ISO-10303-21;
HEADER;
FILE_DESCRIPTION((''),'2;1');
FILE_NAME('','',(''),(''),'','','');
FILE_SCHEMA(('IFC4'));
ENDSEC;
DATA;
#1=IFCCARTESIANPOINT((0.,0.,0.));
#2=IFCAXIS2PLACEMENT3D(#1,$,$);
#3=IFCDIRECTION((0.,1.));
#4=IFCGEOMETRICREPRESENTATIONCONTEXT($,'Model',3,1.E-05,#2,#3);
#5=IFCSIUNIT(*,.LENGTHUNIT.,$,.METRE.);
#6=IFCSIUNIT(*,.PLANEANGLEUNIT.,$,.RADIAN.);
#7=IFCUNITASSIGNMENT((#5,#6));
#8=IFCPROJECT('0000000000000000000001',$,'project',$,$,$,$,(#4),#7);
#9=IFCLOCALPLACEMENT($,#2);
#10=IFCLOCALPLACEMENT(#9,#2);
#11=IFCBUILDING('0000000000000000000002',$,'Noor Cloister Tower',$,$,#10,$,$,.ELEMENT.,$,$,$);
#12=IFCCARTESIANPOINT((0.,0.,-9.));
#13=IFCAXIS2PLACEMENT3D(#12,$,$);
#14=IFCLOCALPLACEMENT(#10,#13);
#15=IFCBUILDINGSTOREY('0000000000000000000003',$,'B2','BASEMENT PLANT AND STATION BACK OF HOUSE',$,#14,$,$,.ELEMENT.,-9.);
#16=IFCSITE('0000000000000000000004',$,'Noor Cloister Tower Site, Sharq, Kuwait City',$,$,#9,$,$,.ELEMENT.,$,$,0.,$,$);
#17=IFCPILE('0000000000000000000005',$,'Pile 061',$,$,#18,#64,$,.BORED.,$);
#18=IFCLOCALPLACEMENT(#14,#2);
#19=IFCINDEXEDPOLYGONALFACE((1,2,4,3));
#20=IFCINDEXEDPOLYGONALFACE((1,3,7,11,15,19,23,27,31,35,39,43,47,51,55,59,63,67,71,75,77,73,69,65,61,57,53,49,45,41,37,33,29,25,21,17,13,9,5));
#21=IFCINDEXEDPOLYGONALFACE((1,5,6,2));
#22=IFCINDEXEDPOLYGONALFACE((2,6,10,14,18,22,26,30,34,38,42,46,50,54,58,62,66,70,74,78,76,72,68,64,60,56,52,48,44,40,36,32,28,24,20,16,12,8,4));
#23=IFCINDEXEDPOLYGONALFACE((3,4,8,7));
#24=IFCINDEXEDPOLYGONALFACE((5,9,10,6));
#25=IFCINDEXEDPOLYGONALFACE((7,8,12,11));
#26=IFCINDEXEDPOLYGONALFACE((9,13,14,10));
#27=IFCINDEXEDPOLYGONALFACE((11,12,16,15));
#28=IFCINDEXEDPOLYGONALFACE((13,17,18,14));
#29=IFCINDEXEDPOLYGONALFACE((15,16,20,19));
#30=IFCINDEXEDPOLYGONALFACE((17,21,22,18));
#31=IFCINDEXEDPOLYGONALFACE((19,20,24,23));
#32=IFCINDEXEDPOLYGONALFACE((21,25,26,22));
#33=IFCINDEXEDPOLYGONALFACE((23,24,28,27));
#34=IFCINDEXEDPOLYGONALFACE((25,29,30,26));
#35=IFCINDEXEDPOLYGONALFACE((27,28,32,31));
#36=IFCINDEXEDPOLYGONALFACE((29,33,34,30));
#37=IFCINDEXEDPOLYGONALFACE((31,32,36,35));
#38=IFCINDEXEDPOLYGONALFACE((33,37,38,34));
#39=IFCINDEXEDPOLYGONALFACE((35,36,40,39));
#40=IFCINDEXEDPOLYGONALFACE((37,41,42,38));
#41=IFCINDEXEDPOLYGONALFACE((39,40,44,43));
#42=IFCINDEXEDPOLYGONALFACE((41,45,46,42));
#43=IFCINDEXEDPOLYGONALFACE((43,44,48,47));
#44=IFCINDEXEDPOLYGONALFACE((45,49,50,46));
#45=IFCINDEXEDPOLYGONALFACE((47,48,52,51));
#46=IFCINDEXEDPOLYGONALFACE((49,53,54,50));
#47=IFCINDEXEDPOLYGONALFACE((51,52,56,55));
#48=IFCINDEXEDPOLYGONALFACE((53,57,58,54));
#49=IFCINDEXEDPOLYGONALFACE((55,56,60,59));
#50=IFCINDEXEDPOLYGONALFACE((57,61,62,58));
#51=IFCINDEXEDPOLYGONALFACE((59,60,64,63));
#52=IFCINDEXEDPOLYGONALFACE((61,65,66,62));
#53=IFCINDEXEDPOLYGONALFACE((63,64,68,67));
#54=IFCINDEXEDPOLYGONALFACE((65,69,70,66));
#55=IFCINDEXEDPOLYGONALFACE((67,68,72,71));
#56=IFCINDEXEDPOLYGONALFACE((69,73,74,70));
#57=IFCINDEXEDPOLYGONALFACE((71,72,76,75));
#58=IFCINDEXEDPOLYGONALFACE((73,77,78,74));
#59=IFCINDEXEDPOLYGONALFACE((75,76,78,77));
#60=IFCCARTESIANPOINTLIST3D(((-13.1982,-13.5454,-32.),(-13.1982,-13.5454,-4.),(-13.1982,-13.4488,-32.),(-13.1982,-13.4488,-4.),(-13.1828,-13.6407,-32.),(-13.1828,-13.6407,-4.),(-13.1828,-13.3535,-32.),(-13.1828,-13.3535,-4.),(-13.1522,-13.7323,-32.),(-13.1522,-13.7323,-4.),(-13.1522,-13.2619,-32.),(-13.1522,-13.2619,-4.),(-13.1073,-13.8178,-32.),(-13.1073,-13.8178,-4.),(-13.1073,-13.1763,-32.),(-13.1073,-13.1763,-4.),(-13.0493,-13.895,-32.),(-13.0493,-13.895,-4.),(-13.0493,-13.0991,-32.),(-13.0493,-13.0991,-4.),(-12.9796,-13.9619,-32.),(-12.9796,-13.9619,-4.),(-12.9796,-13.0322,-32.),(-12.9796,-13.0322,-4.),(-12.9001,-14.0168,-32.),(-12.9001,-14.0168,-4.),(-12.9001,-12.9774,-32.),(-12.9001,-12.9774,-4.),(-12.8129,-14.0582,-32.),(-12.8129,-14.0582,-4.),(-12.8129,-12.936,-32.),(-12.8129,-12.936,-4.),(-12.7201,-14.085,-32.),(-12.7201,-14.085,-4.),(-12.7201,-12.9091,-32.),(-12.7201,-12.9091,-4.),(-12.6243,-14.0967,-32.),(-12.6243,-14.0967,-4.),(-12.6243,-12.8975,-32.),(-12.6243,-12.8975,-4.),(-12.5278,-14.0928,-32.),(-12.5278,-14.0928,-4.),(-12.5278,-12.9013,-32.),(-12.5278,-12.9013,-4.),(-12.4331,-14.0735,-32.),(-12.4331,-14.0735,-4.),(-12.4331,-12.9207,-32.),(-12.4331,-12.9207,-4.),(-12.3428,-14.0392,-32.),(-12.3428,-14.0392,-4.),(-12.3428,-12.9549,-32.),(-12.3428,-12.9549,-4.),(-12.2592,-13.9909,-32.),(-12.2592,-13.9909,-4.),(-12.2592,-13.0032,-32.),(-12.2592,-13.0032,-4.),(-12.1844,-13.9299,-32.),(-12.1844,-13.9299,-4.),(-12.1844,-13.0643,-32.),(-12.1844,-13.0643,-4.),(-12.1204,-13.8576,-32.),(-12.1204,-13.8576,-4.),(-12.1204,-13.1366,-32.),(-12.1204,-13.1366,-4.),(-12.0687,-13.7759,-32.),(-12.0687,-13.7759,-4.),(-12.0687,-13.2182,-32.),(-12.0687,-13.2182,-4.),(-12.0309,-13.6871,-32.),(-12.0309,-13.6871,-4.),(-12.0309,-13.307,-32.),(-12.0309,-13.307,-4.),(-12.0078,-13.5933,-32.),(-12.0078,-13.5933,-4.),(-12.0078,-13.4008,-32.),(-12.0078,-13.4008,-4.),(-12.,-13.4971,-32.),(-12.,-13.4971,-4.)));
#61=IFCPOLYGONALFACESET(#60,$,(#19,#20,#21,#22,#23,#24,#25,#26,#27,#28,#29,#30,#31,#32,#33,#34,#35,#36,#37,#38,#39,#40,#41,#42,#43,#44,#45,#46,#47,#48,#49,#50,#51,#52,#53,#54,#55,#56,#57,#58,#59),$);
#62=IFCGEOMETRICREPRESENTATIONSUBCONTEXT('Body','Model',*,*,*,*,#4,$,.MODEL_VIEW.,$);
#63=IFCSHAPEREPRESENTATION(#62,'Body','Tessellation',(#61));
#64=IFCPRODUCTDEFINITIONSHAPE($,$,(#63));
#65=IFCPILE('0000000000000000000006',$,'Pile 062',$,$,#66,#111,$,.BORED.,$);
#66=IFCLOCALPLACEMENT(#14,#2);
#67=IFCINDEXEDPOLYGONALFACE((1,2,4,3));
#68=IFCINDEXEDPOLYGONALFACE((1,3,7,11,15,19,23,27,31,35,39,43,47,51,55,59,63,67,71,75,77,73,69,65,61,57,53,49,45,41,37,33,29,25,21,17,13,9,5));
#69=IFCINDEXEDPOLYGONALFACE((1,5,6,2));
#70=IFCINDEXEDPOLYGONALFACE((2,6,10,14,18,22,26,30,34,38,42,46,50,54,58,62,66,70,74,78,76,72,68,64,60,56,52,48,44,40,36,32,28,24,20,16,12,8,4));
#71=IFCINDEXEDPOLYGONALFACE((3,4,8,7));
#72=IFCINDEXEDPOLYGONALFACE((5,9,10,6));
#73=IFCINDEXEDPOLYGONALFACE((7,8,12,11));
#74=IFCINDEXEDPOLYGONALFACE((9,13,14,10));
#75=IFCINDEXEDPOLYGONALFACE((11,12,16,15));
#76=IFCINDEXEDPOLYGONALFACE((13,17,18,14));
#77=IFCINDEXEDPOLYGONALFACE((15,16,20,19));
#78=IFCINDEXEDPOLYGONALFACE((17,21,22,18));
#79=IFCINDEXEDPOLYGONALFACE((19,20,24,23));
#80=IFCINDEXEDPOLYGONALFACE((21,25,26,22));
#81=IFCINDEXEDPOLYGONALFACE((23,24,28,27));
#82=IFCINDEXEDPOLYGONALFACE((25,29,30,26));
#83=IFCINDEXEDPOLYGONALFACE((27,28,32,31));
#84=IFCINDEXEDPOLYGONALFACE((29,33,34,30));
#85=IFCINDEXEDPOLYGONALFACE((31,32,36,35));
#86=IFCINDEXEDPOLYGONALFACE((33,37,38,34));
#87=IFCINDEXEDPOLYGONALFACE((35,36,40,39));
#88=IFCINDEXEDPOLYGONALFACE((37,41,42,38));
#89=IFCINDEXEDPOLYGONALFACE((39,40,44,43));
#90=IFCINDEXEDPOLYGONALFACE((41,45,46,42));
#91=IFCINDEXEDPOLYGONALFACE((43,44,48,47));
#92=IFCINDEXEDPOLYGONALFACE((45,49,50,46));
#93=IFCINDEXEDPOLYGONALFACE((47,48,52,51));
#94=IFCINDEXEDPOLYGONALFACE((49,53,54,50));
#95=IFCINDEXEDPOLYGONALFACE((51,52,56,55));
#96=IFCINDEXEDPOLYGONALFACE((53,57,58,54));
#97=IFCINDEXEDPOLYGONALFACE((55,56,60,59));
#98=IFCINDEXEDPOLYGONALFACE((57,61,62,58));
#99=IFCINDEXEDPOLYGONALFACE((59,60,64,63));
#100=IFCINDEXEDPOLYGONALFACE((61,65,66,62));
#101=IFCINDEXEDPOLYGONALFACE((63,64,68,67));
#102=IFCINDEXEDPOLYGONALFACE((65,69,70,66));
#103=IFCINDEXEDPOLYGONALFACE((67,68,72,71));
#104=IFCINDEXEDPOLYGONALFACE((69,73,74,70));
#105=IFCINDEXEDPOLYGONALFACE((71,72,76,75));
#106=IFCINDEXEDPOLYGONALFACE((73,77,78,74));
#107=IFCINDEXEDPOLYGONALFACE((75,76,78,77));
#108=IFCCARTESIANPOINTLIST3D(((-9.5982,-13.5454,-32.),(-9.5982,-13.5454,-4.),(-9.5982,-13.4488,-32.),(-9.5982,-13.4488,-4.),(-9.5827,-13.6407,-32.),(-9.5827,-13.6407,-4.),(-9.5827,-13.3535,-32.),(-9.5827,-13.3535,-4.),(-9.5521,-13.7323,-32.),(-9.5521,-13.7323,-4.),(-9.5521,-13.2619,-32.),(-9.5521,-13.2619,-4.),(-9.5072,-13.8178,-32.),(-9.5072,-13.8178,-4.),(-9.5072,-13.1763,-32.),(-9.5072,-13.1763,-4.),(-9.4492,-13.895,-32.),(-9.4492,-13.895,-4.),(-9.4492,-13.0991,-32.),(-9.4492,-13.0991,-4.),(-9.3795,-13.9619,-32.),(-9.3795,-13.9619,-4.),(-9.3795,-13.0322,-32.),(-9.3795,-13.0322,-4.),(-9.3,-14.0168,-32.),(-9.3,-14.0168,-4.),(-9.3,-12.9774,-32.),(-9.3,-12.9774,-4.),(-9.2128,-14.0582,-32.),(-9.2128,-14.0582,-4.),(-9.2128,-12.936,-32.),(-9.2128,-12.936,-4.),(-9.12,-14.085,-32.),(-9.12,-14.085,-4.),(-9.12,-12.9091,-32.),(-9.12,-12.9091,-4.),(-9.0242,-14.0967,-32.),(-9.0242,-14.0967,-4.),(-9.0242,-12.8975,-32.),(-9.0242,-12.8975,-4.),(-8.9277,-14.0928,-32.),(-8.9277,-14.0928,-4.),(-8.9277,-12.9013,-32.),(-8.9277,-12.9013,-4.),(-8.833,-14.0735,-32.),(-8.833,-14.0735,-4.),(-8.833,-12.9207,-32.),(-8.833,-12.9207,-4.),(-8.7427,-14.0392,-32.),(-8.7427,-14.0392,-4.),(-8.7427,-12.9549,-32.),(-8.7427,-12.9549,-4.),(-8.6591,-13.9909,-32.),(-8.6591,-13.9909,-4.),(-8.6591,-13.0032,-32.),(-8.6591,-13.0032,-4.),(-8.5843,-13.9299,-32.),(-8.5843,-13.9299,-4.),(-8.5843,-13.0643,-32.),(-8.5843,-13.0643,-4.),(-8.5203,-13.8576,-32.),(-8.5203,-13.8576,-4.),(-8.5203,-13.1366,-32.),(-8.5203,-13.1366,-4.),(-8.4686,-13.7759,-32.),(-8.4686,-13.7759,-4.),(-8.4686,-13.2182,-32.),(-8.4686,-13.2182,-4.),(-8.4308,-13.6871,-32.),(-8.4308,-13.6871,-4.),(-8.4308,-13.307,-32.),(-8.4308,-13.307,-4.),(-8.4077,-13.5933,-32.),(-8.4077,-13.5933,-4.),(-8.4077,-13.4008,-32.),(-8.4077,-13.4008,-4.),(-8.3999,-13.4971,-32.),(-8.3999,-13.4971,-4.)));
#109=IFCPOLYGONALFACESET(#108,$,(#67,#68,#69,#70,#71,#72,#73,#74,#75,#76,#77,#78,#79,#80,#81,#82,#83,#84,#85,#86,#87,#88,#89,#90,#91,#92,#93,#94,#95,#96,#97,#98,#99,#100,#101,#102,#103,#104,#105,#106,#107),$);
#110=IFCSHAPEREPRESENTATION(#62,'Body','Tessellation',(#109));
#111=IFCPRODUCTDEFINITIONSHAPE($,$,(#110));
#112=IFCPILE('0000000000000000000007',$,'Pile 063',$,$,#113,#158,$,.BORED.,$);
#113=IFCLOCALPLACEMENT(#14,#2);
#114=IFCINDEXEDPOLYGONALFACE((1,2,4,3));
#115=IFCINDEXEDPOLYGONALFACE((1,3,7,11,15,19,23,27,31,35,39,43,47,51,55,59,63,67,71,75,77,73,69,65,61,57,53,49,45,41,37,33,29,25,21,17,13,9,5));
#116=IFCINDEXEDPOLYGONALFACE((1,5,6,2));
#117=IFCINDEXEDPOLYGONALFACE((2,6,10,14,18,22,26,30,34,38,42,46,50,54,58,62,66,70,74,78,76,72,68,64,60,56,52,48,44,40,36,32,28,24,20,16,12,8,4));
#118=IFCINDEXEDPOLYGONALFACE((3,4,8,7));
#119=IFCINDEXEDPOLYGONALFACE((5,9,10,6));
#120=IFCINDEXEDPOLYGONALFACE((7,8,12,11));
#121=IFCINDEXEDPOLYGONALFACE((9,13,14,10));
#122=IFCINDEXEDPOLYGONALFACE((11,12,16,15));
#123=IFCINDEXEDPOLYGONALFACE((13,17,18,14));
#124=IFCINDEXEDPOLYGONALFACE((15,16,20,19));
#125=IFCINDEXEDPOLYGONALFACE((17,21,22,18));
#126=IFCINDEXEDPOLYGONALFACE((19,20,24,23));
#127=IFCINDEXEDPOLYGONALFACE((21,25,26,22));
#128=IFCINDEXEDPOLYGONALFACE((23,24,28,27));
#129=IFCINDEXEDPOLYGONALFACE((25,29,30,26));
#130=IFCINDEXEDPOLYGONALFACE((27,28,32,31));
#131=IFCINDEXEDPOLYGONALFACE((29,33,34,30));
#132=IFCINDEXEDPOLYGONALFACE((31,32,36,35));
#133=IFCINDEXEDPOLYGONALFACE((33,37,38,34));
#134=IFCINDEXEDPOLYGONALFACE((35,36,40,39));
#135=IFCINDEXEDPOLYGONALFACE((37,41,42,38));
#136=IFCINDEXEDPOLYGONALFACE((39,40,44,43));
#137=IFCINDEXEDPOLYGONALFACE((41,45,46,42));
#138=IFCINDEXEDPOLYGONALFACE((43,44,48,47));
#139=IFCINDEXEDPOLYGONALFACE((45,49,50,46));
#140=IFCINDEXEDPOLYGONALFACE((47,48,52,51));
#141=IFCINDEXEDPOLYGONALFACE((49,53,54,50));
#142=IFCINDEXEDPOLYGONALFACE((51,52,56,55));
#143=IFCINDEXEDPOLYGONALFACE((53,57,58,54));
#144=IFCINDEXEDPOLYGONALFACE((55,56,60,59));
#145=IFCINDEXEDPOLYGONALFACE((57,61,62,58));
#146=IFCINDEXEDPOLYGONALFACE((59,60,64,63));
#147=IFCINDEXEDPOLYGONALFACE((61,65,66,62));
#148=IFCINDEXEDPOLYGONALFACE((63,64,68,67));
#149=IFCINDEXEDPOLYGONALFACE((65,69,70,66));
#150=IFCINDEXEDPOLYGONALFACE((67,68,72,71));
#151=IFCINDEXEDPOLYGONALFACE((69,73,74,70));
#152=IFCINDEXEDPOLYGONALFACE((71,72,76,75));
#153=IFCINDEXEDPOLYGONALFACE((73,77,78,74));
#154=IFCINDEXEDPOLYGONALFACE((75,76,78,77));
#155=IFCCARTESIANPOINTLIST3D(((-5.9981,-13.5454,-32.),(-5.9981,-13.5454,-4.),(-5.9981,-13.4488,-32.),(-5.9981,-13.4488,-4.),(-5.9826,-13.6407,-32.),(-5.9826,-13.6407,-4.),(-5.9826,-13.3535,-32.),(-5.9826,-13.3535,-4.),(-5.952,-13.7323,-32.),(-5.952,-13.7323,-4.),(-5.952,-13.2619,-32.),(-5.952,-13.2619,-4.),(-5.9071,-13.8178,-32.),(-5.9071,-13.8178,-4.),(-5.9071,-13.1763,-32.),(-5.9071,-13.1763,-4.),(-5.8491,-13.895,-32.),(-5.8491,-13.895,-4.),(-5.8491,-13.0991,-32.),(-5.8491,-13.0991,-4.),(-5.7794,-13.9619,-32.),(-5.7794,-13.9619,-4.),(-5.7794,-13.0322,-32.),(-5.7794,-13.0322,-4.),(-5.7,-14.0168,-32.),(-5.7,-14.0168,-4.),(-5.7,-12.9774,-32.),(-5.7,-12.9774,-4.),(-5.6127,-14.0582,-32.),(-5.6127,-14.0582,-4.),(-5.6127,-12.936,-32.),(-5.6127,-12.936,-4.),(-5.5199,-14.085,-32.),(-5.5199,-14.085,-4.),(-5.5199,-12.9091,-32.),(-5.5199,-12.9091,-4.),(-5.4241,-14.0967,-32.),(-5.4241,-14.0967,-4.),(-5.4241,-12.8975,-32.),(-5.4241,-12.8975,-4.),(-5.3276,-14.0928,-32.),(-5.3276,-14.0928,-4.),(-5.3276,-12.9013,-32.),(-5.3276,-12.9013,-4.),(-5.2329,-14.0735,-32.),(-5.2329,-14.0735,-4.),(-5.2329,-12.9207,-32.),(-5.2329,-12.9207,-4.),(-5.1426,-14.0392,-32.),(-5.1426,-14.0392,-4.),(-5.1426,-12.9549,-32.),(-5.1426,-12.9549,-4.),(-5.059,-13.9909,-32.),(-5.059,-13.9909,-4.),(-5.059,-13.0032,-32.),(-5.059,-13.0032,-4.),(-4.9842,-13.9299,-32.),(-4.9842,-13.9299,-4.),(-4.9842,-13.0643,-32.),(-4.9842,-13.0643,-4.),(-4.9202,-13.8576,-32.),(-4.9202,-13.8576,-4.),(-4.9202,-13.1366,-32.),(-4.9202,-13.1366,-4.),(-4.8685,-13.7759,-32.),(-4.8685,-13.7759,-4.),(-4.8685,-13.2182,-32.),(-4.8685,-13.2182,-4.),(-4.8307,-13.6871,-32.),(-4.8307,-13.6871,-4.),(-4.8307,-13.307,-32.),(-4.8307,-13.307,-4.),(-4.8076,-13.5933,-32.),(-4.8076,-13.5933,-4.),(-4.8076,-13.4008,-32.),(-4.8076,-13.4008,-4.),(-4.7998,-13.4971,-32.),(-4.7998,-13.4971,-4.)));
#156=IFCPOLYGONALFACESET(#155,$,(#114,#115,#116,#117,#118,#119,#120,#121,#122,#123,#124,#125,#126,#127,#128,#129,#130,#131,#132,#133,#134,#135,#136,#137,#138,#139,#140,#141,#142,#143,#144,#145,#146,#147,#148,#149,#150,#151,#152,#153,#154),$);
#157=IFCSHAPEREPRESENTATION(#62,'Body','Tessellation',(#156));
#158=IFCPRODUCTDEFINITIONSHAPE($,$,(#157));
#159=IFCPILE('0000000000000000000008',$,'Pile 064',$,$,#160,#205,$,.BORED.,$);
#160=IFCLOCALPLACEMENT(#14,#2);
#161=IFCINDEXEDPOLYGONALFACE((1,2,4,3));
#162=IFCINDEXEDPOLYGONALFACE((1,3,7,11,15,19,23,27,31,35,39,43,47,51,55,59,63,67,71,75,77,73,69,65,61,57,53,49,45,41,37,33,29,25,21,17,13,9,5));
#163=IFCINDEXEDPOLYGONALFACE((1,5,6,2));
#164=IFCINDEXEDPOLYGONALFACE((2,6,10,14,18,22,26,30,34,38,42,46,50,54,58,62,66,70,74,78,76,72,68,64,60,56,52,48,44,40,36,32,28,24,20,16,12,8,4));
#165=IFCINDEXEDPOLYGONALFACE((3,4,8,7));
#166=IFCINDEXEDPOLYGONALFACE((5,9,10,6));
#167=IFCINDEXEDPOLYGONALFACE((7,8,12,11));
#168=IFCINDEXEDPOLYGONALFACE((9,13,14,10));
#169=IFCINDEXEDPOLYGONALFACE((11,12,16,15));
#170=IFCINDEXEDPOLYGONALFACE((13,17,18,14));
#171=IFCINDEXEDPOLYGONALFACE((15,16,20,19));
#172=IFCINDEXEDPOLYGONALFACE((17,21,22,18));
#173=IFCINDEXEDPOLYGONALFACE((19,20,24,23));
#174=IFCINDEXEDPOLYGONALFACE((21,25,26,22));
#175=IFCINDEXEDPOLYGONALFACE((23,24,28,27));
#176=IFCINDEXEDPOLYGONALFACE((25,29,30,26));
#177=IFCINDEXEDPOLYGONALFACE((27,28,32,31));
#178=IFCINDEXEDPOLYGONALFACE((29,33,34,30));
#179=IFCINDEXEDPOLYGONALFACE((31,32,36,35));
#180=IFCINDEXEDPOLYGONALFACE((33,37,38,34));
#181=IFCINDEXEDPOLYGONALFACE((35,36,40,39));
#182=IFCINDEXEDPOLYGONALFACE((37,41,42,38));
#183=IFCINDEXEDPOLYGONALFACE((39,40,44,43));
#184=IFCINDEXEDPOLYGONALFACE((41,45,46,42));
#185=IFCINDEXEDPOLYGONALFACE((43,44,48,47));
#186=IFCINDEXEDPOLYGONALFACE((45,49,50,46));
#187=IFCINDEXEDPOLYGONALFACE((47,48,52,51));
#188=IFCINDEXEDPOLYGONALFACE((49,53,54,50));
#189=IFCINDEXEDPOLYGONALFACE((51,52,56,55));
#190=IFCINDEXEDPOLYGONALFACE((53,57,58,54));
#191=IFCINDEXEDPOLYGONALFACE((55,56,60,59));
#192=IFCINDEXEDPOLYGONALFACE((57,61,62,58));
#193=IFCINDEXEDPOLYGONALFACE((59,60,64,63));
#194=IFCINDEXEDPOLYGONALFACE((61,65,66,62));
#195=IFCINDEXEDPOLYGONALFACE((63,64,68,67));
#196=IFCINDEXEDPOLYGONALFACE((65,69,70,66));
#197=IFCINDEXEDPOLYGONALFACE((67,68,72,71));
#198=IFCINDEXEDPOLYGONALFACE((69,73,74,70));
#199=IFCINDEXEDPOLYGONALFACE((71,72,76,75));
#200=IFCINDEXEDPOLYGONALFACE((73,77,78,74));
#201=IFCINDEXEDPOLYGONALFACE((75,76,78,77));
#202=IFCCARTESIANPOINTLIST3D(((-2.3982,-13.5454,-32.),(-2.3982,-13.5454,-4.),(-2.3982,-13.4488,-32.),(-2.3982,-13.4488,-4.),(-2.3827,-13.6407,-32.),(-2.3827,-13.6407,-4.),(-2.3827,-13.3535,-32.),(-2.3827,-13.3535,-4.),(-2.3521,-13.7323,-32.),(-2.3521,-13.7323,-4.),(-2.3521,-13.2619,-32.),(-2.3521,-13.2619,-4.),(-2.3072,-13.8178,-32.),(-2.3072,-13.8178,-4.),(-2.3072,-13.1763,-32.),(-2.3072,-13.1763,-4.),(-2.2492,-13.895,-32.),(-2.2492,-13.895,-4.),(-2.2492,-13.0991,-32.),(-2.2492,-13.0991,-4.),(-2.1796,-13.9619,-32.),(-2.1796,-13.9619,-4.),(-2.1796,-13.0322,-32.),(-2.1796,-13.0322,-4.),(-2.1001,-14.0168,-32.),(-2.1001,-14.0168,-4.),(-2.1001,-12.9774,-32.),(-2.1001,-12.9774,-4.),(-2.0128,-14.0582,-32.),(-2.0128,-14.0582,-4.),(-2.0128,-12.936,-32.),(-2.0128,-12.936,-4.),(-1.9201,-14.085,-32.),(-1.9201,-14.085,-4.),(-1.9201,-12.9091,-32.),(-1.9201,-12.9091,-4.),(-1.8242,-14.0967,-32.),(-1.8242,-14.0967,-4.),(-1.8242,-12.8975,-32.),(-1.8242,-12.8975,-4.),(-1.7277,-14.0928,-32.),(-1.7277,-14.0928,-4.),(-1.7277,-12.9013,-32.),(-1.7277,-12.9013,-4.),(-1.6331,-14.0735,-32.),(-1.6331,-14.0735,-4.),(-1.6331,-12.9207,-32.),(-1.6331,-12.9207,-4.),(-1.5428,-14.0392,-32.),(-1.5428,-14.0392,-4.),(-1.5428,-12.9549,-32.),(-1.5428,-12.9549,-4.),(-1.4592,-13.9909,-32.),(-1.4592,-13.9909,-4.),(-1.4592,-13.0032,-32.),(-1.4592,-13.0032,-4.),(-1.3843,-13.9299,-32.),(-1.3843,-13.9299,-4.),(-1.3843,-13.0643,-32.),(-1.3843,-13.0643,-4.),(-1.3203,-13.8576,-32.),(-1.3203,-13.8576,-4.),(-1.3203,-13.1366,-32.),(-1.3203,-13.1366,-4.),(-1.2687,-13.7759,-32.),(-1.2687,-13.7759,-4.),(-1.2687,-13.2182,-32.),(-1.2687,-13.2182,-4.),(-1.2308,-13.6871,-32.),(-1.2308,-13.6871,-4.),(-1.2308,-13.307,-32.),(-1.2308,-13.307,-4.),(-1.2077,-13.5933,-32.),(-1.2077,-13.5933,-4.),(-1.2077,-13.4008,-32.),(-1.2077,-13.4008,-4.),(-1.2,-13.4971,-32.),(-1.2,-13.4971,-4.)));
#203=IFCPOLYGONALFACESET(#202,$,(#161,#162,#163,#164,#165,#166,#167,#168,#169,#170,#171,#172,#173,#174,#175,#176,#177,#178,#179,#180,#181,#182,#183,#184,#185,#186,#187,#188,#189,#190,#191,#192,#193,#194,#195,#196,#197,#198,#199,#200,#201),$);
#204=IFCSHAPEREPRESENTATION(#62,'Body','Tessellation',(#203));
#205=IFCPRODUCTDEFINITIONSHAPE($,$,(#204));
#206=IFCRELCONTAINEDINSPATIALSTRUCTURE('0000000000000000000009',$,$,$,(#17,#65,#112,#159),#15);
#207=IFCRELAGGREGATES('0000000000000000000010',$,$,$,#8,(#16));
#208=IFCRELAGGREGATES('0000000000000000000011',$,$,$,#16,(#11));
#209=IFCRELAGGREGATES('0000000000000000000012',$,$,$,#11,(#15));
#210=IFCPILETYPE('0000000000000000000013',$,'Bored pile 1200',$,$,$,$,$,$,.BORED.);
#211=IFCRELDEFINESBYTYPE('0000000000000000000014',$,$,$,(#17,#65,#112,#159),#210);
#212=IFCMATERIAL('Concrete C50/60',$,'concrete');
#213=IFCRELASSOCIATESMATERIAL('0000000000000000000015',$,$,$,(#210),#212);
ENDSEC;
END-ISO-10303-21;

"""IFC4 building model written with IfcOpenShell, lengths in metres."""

from ifc_helpers import new_model, si_unit, direction, frame, origin, origin_2d, place, context, subcontext, project, spatial, circle, extrude, material, material_profile, profile_set, type_object, element, save


model = new_model("IFC4")

# Units and contexts
model_context = context("Model", 3, precision=1e-05, world=origin(), true_north=direction((0.0, 1.0)))
body_context = subcontext(model_context, "Body", "Model", "MODEL_VIEW")
ifc_project = project(units=[si_unit("LENGTHUNIT", "METRE"), si_unit("PLANEANGLEUNIT", "RADIAN")], contexts=[model_context])

# Site, building, storey
site_placement = place(None, origin())
site = spatial("IfcSite", under=ifc_project, at=site_placement, Name="Noor Cloister Tower Site, Sharq, Kuwait City", CompositionType="ELEMENT", RefElevation=0.0)
building_placement = place(site_placement, origin())
building = spatial("IfcBuilding", under=site, at=building_placement, Name="Noor Cloister Tower", CompositionType="ELEMENT")
storey_placement = place(building_placement, frame((0.0, 0.0, -9.0)))
storey = spatial("IfcBuildingStorey", under=building, at=storey_placement, Name="B2", Description="BASEMENT PLANT AND STATION BACK OF HOUSE", CompositionType="ELEMENT", Elevation=-9.0)

# Piles
ifc_material_1 = material(Name="Concrete C50/60", Category="concrete")
ifc_material_profile_1 = material_profile(ifc_material_1, circle(Radius=0.6001, at=origin_2d()), Name="Bored pile 1200")
ifc_profile_set_1 = profile_set([ifc_material_profile_1], Name="Concrete C50/60")
pile_type = type_object("IfcPileType", Name="Bored pile 1200", PredefinedType="BORED", material=ifc_profile_set_1)
for number, where, z_axis, x_axis, name in (
    (1, (-12.6001, -13.4971, -4.0), (0.0, 0.0, -1.0), (1.0, 0.0, 0.0), "Pile 061"),
    (2, (-9.0, -13.4971, -4.0), (0.0, 0.0, -1.0), (1.0, 0.0, 0.0), "Pile 062"),
    (3, (-5.3999, -13.4971, -4.0), (0.0, 0.0, -1.0), (1.0, 0.0, 0.0), "Pile 063"),
    (4, (-1.8, -13.4971, -4.0), (0.0, 0.0, -1.0), (1.0, 0.0, 0.0), "Pile 064"),
):
    element("IfcPile", number, at=place(storey_placement, frame(where, z_axis=z_axis, x_axis=x_axis)), inside=storey, type_object=pile_type, Name=name, PredefinedType="BORED", context=body_context, shape_type="SweptSolid", body=[
        extrude(circle(Radius=0.6001, at=origin_2d()), origin(), (0.0, 0.0, 1.0), 28.0),
    ])

save(model, "model.ifc")
